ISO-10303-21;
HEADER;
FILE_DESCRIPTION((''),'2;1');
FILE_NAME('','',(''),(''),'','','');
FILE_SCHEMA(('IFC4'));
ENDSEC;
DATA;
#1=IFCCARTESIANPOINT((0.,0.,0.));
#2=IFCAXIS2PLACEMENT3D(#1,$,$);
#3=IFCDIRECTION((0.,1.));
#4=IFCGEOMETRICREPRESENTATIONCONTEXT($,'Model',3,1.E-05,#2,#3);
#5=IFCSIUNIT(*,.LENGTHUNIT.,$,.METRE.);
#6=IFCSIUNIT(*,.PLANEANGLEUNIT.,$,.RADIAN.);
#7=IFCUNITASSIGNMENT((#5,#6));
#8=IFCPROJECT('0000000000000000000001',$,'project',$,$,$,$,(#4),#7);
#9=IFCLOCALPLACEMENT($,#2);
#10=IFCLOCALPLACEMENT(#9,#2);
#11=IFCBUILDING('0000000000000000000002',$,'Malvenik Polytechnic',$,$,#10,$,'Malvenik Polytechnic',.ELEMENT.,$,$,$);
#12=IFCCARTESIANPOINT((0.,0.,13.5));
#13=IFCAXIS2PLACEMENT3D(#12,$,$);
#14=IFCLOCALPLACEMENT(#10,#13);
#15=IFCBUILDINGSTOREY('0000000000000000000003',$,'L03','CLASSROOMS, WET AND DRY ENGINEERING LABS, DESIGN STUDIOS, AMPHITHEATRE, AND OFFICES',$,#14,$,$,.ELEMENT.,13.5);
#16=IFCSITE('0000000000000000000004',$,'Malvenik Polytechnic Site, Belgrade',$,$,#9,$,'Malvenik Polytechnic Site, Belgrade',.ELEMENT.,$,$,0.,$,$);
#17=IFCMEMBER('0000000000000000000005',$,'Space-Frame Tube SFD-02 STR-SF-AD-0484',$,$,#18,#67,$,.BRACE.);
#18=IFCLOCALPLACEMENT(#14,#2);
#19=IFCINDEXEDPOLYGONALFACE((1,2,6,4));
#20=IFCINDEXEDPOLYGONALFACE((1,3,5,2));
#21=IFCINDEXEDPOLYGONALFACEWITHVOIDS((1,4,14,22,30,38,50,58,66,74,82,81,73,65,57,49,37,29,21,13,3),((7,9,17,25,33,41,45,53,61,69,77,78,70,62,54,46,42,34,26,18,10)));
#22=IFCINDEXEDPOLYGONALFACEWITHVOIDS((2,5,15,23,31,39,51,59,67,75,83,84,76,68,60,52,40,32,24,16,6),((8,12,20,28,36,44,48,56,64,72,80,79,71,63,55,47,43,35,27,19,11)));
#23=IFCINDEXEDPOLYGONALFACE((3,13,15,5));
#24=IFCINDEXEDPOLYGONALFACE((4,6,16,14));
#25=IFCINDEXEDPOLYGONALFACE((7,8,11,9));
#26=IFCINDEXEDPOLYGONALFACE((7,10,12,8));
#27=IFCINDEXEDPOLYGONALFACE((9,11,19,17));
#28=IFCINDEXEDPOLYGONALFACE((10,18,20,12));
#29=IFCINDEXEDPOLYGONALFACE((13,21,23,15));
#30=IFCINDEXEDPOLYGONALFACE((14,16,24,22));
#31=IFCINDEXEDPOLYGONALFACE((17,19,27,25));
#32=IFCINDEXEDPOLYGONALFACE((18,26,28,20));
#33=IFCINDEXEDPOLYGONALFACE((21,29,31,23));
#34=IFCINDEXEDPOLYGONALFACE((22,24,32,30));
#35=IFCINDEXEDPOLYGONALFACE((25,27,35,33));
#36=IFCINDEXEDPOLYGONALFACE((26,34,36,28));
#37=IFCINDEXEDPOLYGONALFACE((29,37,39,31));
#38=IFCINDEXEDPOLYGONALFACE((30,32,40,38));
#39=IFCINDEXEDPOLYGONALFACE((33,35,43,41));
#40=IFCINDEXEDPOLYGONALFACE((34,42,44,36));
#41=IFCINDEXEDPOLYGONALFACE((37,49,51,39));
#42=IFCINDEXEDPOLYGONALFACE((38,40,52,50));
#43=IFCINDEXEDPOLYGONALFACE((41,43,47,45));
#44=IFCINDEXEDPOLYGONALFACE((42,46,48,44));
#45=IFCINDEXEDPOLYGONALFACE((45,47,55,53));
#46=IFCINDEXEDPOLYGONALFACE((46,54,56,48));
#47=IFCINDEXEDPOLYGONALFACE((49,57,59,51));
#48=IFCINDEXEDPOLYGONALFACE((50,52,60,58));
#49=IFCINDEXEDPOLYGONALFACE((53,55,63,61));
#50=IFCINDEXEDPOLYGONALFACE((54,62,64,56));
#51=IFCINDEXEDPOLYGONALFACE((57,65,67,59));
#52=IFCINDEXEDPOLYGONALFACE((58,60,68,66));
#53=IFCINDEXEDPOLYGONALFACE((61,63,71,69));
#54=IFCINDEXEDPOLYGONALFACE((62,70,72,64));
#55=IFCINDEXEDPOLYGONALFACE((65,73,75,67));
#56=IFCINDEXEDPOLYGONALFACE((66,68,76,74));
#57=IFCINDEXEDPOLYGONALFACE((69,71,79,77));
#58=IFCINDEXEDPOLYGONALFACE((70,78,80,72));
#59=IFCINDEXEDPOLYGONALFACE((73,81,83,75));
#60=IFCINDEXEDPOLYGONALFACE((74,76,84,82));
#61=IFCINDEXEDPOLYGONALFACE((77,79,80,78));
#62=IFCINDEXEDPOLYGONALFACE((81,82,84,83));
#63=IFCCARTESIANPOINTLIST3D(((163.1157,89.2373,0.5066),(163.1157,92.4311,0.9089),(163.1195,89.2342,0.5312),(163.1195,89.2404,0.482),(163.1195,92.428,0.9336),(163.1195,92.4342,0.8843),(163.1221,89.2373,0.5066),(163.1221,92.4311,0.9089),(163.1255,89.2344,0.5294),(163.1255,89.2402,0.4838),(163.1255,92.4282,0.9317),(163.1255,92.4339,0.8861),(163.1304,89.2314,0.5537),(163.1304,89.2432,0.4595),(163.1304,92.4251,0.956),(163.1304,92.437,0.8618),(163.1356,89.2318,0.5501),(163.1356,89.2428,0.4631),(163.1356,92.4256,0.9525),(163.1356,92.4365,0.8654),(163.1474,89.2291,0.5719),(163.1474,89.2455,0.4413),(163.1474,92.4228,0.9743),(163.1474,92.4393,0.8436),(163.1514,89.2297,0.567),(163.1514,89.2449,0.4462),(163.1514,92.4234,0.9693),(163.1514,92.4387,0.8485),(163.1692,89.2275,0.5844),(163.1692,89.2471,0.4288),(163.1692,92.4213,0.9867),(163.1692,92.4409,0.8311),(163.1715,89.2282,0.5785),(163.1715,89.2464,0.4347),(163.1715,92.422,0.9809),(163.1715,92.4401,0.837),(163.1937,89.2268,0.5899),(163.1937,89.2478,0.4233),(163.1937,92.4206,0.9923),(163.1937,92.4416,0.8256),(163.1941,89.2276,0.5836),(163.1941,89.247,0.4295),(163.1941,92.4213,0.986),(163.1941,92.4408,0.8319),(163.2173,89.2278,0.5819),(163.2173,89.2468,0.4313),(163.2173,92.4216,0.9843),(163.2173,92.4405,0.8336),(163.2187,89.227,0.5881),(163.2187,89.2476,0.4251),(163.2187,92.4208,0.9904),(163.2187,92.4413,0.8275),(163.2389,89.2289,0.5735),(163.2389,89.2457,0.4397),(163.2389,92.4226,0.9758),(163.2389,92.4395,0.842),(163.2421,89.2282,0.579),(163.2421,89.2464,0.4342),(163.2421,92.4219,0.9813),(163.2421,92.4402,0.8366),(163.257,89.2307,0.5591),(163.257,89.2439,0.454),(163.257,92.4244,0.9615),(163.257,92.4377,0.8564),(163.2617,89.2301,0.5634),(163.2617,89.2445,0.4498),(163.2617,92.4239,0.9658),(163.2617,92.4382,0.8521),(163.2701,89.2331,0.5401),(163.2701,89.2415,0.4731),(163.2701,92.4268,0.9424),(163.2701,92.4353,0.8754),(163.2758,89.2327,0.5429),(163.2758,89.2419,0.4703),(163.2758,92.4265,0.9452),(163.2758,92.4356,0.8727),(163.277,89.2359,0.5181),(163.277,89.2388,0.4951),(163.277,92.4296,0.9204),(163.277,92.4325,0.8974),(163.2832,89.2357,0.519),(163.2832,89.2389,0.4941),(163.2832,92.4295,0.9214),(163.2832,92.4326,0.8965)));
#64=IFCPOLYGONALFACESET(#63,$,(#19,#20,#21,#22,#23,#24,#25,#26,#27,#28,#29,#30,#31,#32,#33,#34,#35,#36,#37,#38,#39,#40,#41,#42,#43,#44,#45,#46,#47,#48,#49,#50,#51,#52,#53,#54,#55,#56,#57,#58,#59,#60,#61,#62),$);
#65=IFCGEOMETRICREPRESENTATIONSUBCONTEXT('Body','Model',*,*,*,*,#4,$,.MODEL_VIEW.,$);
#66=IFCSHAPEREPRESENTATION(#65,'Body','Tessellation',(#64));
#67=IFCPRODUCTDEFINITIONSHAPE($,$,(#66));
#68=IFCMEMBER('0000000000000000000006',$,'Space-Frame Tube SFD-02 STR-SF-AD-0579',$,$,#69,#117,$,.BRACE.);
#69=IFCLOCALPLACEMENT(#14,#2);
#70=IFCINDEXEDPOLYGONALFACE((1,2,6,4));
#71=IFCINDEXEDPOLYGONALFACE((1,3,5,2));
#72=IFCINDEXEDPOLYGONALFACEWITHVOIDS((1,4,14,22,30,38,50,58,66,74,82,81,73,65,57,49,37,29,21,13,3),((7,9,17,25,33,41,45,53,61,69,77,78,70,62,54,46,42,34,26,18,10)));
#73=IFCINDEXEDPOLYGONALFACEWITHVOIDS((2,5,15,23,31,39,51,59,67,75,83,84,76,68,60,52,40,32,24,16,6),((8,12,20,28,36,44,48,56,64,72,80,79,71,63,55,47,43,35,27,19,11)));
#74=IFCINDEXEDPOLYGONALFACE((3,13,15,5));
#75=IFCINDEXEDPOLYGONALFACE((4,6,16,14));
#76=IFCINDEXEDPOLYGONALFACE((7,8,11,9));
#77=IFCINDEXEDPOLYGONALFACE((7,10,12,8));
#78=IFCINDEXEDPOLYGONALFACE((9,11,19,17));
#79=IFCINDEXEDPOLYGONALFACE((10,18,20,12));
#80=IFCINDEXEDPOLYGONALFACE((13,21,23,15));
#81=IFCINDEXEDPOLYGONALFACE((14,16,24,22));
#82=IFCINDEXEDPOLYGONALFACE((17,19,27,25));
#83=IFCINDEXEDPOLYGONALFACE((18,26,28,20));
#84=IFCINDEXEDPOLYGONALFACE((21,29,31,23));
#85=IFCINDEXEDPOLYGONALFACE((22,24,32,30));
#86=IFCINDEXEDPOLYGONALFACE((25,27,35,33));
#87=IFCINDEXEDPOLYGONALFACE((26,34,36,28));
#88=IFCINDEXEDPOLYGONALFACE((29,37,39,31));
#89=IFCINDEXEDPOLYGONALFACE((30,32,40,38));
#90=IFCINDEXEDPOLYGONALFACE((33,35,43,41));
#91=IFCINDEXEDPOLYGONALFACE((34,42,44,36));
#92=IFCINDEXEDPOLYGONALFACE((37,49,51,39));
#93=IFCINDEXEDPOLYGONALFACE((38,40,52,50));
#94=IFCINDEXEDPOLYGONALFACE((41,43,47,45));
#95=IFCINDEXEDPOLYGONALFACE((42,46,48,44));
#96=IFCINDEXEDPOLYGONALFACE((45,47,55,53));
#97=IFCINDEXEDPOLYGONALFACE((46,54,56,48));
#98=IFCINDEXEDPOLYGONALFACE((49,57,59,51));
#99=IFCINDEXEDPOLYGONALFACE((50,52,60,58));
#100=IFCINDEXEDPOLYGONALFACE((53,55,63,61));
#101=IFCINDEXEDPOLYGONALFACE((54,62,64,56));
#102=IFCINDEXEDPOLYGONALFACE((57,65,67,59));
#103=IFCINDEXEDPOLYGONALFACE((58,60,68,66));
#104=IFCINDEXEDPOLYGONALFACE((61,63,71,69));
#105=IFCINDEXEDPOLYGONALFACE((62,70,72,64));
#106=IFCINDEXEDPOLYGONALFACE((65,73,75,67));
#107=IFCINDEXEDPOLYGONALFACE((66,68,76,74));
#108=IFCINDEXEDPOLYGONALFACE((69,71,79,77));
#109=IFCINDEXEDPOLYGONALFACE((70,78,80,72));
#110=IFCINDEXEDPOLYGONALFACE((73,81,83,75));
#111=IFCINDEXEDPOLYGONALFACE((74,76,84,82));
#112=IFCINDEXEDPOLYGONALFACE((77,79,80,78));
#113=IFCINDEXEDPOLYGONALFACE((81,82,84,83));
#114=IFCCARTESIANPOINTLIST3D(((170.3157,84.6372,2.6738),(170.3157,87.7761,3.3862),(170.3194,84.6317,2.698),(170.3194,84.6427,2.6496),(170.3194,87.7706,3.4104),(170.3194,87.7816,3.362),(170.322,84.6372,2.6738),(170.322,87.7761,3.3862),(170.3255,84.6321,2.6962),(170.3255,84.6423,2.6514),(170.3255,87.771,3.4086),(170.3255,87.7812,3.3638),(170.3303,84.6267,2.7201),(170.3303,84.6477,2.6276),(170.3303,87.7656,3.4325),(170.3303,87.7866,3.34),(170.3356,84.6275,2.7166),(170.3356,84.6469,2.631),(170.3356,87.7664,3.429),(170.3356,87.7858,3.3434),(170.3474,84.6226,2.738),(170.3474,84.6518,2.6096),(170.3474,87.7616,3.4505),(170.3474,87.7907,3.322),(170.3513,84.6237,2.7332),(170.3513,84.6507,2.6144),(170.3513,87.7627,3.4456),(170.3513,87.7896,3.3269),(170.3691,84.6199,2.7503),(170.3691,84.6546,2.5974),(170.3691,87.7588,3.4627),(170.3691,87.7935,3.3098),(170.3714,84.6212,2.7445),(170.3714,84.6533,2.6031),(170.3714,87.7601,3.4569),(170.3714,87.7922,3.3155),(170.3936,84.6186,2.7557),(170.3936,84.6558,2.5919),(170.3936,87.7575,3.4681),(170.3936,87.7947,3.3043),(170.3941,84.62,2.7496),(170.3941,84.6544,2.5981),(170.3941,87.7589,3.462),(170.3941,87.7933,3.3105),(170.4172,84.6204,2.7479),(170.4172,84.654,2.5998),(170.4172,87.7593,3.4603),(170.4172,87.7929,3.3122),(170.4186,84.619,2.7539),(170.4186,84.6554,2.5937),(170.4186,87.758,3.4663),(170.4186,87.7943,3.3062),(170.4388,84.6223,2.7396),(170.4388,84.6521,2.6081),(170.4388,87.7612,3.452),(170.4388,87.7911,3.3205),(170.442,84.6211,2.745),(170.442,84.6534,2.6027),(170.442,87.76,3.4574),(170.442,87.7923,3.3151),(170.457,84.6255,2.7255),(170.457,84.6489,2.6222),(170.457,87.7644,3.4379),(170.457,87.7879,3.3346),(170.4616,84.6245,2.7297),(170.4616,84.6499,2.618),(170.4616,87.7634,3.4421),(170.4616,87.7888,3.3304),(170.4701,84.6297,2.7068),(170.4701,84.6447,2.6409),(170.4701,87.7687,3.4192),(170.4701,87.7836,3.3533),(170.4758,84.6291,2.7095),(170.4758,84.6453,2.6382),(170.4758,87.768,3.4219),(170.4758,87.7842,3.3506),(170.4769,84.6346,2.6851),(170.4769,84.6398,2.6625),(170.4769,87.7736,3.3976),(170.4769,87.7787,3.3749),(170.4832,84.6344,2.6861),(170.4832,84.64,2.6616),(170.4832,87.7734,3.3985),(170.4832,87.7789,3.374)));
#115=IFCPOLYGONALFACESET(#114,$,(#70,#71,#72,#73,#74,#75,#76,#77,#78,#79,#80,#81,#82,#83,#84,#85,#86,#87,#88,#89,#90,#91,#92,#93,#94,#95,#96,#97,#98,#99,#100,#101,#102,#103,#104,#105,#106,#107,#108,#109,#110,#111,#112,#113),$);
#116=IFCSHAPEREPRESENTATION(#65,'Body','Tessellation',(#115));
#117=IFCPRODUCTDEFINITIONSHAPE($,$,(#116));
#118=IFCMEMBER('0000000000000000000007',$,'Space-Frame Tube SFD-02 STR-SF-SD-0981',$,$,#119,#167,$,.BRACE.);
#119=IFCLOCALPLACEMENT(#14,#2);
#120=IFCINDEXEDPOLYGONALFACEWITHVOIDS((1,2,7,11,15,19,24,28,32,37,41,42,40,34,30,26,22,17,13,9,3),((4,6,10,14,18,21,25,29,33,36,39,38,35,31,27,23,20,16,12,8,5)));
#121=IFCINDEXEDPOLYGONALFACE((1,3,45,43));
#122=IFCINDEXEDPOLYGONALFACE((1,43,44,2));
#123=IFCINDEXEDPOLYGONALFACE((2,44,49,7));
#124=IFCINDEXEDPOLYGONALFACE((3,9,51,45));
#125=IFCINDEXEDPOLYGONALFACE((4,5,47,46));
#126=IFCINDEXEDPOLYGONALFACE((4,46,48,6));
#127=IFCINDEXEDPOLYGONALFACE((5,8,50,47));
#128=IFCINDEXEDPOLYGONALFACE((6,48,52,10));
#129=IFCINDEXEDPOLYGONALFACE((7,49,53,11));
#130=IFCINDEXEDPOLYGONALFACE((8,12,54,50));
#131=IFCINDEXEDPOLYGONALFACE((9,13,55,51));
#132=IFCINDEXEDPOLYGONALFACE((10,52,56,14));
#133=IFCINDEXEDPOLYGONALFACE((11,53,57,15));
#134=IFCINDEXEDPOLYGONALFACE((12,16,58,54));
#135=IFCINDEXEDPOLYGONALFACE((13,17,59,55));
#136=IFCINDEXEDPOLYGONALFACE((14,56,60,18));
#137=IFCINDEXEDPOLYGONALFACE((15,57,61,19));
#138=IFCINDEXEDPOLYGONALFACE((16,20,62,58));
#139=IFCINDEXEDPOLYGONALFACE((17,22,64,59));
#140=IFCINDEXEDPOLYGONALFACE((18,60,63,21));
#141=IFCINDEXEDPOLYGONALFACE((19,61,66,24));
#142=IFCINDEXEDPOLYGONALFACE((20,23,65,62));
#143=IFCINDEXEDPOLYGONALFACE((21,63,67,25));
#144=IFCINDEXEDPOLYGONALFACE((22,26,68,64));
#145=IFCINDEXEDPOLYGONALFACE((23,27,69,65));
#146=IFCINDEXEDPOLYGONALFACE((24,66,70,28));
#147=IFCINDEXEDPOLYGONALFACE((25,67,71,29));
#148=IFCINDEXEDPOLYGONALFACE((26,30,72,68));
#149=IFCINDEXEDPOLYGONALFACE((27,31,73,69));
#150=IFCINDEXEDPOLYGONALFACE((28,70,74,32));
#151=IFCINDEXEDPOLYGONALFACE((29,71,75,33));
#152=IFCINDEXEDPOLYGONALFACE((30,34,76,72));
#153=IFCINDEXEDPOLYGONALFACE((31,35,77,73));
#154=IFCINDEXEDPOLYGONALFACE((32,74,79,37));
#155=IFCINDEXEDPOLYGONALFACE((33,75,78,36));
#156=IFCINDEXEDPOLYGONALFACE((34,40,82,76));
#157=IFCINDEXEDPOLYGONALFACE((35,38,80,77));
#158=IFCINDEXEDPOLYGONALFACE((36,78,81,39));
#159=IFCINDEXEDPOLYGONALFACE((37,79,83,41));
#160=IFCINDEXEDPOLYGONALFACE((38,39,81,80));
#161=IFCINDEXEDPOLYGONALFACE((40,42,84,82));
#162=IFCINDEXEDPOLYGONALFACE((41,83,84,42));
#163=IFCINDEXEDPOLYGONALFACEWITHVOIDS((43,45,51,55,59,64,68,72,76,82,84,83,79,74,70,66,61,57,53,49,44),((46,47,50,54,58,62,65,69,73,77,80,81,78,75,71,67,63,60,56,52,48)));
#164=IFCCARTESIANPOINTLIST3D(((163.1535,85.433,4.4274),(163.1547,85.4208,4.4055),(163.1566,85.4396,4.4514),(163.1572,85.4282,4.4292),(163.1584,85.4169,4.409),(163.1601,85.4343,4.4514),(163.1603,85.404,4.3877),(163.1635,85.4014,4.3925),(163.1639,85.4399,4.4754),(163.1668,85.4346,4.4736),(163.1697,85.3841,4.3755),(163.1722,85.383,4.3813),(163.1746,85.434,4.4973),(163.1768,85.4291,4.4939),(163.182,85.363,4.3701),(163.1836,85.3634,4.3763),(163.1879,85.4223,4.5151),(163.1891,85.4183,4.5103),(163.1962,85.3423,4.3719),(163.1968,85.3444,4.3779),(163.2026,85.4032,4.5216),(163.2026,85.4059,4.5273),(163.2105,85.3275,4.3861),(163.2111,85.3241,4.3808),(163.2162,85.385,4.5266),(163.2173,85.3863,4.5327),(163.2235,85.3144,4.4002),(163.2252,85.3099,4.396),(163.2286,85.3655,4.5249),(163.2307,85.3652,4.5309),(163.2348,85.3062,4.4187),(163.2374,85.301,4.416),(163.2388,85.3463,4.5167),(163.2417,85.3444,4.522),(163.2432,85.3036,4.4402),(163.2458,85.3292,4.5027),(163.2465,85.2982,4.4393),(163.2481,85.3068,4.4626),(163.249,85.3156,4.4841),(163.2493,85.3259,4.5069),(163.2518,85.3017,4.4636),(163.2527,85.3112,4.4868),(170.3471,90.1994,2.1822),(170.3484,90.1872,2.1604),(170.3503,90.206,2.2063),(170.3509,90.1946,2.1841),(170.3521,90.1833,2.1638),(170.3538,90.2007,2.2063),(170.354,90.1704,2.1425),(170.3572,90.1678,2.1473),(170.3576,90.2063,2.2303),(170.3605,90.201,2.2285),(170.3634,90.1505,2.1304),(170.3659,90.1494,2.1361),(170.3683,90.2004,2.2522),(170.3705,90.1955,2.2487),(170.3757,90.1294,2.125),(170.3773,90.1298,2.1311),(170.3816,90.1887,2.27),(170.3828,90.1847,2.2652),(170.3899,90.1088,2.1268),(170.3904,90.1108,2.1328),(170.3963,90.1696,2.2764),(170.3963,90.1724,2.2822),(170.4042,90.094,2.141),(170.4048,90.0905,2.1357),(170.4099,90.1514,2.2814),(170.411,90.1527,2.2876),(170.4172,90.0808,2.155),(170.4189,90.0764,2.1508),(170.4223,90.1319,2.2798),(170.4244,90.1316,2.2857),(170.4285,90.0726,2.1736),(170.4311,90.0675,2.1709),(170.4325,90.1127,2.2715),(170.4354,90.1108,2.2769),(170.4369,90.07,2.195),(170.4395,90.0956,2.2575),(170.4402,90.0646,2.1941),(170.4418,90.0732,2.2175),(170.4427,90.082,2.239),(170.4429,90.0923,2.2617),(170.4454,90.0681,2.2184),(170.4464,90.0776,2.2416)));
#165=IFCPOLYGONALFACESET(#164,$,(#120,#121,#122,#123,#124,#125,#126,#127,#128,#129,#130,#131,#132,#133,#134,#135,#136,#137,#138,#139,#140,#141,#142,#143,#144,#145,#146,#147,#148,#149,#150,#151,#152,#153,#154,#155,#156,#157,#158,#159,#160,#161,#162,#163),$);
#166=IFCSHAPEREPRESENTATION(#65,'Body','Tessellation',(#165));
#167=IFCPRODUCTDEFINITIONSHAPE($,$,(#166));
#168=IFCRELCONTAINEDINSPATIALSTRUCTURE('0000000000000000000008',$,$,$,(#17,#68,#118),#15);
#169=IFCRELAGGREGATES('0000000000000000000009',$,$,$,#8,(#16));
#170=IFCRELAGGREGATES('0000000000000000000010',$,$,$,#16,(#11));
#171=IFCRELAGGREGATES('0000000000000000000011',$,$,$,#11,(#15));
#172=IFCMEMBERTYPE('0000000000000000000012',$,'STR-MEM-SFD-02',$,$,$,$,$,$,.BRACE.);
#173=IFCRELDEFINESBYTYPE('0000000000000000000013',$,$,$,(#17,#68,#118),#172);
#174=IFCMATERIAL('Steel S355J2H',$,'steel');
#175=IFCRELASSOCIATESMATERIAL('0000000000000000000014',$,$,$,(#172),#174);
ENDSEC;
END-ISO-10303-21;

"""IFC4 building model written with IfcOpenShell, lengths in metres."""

from ifc_helpers import new_model, si_unit, direction, frame, origin, origin_2d, place, context, subcontext, project, spatial, hollow_circle, extrude, material, material_profile, profile_set, type_object, element, save


model = new_model("IFC4")

# Units and contexts
model_context = context("Model", 3, precision=1e-05, world=origin(), true_north=direction((0.0, 1.0)))
body_context = subcontext(model_context, "Body", "Model", "MODEL_VIEW")
ifc_project = project(units=[si_unit("LENGTHUNIT", "METRE"), si_unit("PLANEANGLEUNIT", "RADIAN")], contexts=[model_context])

# Site, building, storey
site_placement = place(None, origin())
site = spatial("IfcSite", under=ifc_project, at=site_placement, Name="Malvenik Polytechnic Site, Belgrade", LongName="Malvenik Polytechnic Site, Belgrade", CompositionType="ELEMENT", RefElevation=0.0)
building_placement = place(site_placement, origin())
building = spatial("IfcBuilding", under=site, at=building_placement, Name="Malvenik Polytechnic", LongName="Malvenik Polytechnic", CompositionType="ELEMENT")
storey_placement = place(building_placement, frame((0.0, 0.0, 13.5)))
storey = spatial("IfcBuildingStorey", under=building, at=storey_placement, Name="L03", Description="CLASSROOMS, WET AND DRY ENGINEERING LABS, DESIGN STUDIOS, AMPHITHEATRE, AND OFFICES", CompositionType="ELEMENT", Elevation=13.5)

# Members
ifc_material_1 = material(Name="Steel S355J2H", Category="steel")
ifc_material_profile_1 = material_profile(ifc_material_1, hollow_circle(Radius=0.0842, WallThickness=0.0063, at=origin_2d()), Name="CHS 168.3x6.3")
ifc_profile_set_1 = profile_set([ifc_material_profile_1], Name="Steel S355J2H")
member_type_1 = type_object("IfcMemberType", Name="STR-MEM-SFD-02", PredefinedType="BRACE", material=ifc_profile_set_1)
member_1_placement = place(storey_placement, frame((163.2, 89.2373, 0.5066), z_axis=(0.0, 0.992158, 0.124987), x_axis=(-1.0, 0.0, 0.0)))
element("IfcMember", 1, at=member_1_placement, inside=storey, type_object=member_type_1, Name="Space-Frame Tube SFD-02 STR-SF-AD-0484", PredefinedType="BRACE", context=body_context, shape_type="SweptSolid", body=[
    extrude(hollow_circle(Radius=0.0842, WallThickness=0.0063, at=origin_2d()), origin(), (0.0, 0.0, 1.0), 3.219),
])
member_2_placement = place(storey_placement, frame((170.3999, 84.6372, 2.6738), z_axis=(0.0, 0.975199, 0.221329), x_axis=(-1.0, 0.0, 0.0)))
element("IfcMember", 2, at=member_2_placement, inside=storey, type_object=member_type_1, Name="Space-Frame Tube SFD-02 STR-SF-AD-0579", PredefinedType="BRACE", context=body_context, shape_type="SweptSolid", body=[
    extrude(hollow_circle(Radius=0.0842, WallThickness=0.0063, at=origin_2d()), origin(), (0.0, 0.0, 1.0), 3.2188),
])
for number, where, z_axis, x_axis, name in (
    (3, (163.2031, 85.3694, 4.4514), (0.806761, 0.534546, -0.251789), (-0.552341, 0.833618, 0.0), "Space-Frame Tube SFD-02 STR-SF-SD-0981"),
):
    element("IfcMember", number, at=place(storey_placement, frame(where, z_axis=z_axis, x_axis=x_axis)), inside=storey, type_object=member_type_1, Name=name, PredefinedType="BRACE", context=body_context, shape_type="SweptSolid", body=[
        extrude(hollow_circle(Radius=0.0842, WallThickness=0.0063, at=origin_2d()), origin(), (0.0, 0.0, 1.0), 8.9167),
    ])

save(model, "model.ifc")
